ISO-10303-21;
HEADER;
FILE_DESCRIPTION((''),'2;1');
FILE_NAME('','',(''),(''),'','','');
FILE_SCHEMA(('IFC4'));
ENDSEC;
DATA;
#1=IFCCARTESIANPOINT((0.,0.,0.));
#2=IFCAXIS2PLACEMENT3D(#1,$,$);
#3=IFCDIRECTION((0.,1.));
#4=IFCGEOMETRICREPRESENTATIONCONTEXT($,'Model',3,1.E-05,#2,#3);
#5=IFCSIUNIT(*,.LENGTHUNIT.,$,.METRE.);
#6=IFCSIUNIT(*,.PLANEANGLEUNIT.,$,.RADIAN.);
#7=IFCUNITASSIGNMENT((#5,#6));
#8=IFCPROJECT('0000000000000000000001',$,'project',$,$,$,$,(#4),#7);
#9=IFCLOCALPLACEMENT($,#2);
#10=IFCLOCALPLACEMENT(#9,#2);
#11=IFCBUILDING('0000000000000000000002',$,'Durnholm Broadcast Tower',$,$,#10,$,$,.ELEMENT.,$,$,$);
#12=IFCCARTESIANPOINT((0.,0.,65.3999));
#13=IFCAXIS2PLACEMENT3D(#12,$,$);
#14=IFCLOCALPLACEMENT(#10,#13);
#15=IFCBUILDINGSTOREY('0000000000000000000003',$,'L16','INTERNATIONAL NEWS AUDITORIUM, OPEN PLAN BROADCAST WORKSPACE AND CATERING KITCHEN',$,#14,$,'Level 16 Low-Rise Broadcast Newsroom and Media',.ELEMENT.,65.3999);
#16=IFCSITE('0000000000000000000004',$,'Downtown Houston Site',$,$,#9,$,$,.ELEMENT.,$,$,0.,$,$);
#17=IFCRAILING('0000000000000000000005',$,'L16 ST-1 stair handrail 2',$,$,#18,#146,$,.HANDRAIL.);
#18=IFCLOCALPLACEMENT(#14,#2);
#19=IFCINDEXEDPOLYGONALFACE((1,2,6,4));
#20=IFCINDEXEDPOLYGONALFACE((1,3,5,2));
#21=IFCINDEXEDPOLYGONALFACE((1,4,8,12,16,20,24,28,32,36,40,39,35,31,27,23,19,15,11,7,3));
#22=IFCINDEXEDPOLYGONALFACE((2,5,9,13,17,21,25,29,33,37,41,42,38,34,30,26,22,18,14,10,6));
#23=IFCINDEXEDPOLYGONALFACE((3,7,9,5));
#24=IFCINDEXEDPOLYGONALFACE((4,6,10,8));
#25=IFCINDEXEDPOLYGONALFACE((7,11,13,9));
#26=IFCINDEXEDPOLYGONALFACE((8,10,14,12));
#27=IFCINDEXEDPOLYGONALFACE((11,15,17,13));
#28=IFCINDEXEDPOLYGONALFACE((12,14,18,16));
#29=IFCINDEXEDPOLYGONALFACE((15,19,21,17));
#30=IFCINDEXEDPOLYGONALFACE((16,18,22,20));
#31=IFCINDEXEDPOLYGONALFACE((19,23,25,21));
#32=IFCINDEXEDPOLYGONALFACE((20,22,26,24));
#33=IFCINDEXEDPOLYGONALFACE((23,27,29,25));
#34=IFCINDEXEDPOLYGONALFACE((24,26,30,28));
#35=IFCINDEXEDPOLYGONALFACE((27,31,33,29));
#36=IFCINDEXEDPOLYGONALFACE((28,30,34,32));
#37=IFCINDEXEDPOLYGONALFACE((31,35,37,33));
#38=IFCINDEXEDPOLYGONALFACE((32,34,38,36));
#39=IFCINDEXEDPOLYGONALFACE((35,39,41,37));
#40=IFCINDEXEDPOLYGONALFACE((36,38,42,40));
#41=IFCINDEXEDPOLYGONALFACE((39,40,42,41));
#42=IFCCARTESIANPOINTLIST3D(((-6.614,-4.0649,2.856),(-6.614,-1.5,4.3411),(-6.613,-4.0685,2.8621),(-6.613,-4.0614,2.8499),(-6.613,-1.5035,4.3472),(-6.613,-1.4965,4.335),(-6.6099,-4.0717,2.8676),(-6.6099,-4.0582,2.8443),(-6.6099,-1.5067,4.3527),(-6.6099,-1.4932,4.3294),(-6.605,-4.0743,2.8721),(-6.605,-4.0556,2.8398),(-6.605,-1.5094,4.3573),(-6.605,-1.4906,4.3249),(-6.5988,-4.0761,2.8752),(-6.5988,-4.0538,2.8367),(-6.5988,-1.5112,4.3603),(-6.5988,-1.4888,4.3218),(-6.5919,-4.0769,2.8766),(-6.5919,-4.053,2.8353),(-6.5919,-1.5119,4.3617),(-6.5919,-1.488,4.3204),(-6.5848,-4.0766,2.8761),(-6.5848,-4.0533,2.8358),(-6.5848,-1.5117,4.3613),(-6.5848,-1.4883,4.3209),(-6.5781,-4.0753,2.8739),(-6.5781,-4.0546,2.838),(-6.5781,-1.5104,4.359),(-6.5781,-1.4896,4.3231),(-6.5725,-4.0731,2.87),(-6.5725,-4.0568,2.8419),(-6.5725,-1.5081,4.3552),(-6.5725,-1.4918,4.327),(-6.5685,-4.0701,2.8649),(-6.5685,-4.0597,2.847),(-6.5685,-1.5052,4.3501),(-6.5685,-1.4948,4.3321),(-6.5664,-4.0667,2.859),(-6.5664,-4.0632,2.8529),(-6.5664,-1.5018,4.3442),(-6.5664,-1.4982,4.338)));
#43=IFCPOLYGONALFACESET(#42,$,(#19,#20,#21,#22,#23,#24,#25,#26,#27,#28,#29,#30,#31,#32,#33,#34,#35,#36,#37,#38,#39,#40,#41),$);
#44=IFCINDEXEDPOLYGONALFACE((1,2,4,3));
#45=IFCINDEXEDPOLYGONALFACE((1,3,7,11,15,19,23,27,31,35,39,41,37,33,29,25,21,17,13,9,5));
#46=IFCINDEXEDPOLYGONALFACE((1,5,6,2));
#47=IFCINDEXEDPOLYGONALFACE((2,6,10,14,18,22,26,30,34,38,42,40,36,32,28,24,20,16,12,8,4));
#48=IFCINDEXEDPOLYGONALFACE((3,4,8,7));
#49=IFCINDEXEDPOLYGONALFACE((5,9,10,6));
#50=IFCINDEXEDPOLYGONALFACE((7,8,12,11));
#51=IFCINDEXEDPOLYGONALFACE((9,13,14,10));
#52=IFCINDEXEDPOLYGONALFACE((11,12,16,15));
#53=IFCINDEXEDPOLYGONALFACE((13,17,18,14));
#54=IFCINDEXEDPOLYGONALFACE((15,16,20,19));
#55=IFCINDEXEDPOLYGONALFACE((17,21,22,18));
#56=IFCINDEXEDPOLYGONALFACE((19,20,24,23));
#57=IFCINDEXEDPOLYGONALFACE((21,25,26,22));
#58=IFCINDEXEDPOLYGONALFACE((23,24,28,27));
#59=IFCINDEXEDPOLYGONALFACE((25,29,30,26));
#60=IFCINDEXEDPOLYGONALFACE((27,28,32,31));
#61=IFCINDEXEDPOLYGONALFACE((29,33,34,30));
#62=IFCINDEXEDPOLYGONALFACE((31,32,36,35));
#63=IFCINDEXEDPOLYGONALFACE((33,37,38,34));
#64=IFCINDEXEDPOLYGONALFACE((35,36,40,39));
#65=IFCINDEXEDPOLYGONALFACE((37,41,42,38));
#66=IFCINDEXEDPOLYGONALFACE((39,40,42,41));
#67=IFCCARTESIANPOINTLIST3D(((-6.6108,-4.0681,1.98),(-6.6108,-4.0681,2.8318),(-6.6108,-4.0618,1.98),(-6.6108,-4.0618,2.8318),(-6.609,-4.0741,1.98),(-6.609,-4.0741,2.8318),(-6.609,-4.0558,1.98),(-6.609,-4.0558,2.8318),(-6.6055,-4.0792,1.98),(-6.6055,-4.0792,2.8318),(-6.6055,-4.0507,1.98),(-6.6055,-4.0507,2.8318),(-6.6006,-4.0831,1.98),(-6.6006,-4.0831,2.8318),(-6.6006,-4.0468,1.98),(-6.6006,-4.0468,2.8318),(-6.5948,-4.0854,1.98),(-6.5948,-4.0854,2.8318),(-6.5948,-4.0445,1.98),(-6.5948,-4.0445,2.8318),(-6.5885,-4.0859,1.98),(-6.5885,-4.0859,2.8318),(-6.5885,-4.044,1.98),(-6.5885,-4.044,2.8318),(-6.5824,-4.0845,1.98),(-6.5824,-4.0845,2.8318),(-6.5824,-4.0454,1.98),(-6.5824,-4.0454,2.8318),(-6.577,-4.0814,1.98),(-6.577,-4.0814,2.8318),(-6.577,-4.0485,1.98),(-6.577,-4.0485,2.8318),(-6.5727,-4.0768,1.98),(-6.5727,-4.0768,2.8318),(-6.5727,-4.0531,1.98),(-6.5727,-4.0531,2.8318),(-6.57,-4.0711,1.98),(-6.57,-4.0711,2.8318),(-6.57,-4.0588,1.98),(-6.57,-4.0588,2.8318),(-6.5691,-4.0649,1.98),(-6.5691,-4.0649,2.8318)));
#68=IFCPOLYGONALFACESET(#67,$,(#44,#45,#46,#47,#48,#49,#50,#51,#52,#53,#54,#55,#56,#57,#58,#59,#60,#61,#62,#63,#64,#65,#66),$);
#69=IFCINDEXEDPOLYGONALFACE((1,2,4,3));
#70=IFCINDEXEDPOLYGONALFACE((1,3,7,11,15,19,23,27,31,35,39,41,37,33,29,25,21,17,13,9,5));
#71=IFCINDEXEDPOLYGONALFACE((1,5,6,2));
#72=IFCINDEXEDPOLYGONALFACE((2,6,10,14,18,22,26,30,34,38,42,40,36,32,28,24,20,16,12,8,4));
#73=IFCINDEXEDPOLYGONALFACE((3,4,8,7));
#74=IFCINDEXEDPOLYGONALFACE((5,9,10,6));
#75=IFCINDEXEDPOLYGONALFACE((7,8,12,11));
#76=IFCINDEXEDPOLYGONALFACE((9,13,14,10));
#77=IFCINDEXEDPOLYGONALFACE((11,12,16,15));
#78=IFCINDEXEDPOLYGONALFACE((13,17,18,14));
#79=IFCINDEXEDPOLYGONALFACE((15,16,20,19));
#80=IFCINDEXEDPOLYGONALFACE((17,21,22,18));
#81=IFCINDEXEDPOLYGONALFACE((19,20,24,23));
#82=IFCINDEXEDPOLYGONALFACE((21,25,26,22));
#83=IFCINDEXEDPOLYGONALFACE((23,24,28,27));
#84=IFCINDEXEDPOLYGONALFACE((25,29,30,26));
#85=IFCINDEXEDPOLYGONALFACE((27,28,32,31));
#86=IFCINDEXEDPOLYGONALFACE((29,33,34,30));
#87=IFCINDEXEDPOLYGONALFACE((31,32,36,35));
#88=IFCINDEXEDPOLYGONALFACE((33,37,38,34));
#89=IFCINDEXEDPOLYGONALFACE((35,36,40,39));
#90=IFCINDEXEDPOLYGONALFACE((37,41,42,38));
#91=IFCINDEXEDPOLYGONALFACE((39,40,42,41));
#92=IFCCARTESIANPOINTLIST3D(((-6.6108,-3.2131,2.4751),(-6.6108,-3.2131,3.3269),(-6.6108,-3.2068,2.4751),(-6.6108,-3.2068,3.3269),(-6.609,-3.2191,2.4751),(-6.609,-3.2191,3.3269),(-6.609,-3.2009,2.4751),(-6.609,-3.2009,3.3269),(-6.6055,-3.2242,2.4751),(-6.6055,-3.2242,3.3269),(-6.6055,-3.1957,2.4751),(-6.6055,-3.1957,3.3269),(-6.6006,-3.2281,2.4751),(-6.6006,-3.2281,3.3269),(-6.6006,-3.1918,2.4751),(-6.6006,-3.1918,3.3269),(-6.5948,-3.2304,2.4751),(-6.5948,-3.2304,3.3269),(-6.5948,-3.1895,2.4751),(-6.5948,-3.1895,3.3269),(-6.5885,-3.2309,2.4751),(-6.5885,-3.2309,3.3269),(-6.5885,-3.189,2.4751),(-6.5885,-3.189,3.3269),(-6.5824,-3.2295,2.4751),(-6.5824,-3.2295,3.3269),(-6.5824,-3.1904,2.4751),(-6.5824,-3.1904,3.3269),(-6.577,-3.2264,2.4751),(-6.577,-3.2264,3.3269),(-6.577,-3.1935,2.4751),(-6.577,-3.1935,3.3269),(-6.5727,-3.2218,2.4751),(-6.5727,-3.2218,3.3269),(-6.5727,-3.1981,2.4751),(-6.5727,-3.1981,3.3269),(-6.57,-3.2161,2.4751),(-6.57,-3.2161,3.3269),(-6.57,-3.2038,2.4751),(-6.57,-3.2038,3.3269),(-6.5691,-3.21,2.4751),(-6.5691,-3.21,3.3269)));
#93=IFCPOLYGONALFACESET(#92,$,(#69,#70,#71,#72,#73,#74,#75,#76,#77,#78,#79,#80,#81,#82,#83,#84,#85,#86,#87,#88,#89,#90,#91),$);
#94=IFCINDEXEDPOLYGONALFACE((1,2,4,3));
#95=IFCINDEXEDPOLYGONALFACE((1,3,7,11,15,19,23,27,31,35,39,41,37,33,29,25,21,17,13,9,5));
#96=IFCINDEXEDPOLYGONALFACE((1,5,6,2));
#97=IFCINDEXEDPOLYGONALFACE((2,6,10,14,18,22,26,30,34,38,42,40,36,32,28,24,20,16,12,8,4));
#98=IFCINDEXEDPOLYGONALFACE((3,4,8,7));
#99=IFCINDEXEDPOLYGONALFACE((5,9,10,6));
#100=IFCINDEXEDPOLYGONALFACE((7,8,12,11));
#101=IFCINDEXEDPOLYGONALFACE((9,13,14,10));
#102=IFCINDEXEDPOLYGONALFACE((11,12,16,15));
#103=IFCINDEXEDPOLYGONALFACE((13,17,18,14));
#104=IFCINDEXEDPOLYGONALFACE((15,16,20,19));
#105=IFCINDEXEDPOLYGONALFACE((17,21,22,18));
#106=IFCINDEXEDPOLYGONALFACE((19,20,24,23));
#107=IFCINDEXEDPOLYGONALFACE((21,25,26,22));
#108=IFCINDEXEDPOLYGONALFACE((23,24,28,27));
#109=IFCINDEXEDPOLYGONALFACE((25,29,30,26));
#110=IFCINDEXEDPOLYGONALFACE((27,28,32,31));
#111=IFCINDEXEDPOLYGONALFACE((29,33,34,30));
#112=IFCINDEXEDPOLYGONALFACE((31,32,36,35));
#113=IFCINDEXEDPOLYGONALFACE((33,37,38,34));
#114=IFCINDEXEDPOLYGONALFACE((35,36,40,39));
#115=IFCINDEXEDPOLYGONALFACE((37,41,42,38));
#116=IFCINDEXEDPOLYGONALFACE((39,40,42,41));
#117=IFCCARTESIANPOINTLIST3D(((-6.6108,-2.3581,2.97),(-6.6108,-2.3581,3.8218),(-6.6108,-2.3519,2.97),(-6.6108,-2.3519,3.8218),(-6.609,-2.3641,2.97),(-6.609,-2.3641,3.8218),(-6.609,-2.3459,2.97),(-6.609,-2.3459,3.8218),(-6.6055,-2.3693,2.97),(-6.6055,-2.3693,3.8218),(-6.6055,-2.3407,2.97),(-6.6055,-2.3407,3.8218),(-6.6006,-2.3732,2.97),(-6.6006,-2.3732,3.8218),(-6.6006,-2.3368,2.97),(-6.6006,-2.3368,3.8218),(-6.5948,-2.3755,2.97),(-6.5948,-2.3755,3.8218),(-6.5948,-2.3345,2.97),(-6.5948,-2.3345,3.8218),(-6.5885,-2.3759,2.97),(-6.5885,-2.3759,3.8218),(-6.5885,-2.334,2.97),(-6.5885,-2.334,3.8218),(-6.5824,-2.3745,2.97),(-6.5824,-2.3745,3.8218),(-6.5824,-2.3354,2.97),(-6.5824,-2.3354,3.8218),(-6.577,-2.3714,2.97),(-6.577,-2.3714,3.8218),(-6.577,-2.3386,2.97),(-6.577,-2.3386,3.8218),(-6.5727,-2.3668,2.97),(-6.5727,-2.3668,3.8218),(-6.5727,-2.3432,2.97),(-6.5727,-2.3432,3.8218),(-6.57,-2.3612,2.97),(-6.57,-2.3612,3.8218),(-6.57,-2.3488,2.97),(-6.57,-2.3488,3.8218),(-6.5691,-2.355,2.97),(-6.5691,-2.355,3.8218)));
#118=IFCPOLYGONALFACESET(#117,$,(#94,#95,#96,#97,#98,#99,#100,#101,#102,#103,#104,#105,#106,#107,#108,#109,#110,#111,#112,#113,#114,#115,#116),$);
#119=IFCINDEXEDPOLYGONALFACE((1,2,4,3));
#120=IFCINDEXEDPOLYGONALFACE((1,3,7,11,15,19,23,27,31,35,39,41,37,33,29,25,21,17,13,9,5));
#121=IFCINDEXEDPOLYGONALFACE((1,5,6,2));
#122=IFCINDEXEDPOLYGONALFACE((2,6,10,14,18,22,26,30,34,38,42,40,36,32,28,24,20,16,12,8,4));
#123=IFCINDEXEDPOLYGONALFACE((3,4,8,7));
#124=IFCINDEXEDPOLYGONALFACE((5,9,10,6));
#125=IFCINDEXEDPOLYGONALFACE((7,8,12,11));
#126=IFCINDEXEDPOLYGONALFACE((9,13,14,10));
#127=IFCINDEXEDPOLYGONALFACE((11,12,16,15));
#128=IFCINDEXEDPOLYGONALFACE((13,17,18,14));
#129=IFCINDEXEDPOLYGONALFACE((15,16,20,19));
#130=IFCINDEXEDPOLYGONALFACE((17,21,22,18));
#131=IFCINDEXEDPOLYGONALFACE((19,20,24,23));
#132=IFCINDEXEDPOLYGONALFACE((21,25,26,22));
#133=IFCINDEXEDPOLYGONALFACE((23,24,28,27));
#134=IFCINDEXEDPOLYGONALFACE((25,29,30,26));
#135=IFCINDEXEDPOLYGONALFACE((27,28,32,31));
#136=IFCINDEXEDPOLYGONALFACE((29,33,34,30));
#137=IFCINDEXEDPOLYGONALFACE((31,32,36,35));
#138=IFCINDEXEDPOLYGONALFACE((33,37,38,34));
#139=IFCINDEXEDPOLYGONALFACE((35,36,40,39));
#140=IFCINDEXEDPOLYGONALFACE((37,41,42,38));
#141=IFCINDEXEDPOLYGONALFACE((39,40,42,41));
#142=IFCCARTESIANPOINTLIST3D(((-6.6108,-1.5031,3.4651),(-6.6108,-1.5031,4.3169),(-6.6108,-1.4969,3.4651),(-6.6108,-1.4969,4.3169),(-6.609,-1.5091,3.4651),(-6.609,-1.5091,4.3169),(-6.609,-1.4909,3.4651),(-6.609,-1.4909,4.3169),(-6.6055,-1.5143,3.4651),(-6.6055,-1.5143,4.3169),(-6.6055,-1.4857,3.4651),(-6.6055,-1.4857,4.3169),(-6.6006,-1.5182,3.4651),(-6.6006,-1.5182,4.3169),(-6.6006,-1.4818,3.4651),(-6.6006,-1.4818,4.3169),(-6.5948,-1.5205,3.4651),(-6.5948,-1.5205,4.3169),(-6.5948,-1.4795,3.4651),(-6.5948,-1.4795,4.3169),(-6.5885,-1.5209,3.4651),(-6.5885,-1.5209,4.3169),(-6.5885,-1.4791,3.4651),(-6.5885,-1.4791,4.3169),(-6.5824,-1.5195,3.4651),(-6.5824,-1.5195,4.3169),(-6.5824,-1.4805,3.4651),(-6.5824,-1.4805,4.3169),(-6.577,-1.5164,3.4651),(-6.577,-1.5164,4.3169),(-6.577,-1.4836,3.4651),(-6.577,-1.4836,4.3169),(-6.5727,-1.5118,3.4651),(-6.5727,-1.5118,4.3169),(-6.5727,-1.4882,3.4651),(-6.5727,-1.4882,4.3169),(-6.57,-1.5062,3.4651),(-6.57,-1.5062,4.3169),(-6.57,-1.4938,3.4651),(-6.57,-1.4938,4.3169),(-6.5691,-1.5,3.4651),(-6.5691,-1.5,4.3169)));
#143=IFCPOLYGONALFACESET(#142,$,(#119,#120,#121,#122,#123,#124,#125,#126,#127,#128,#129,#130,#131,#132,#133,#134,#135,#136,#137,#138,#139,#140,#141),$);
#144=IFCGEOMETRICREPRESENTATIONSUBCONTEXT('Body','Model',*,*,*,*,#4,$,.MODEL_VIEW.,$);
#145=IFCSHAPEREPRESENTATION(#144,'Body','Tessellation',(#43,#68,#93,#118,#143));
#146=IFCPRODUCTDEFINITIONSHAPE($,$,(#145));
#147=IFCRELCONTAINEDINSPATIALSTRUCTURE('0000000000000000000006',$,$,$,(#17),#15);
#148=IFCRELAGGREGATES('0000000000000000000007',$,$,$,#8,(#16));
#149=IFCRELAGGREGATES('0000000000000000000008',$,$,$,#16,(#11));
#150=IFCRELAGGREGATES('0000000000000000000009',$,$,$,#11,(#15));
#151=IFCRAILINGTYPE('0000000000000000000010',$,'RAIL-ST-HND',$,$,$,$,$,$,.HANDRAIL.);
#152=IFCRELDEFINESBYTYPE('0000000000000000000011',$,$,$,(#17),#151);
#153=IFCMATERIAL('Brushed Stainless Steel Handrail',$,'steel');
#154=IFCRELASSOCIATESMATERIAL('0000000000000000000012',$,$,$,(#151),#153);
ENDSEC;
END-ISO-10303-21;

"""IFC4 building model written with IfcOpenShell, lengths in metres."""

from ifc_helpers import new_model, si_unit, direction, frame, origin, origin_2d, place, context, subcontext, project, spatial, circle, extrude, material, type_object, element, save


model = new_model("IFC4")

# Units and contexts
model_context = context("Model", 3, precision=1e-05, world=origin(), true_north=direction((0.0, 1.0)))
body_context = subcontext(model_context, "Body", "Model", "MODEL_VIEW")
ifc_project = project(units=[si_unit("LENGTHUNIT", "METRE"), si_unit("PLANEANGLEUNIT", "RADIAN")], contexts=[model_context])

# Site, building, storey
site_placement = place(None, origin())
site = spatial("IfcSite", under=ifc_project, at=site_placement, Name="Downtown Houston Site", CompositionType="ELEMENT", RefElevation=0.0)
building_placement = place(site_placement, origin())
building = spatial("IfcBuilding", under=site, at=building_placement, Name="Durnholm Broadcast Tower", CompositionType="ELEMENT")
storey_placement = place(building_placement, frame((0.0, 0.0, 65.3999)))
storey = spatial("IfcBuildingStorey", under=building, at=storey_placement, Name="L16", Description="INTERNATIONAL NEWS AUDITORIUM, OPEN PLAN BROADCAST WORKSPACE AND CATERING KITCHEN", LongName="Level 16 Low-Rise Broadcast Newsroom and Media", CompositionType="ELEMENT", Elevation=65.3999)

# Railing
ifc_material_1 = material(Name="Brushed Stainless Steel Handrail", Category="steel")
railing_type_1 = type_object("IfcRailingType", Name="RAIL-ST-HND", PredefinedType="HANDRAIL", material=ifc_material_1)
railing_1_placement = place(storey_placement, frame((-6.5901, -4.0649, 1.98)))
element("IfcRailing", 1, at=railing_1_placement, inside=storey, type_object=railing_type_1, Name="L16 ST-1 stair handrail 2", PredefinedType="HANDRAIL", context=body_context, shape_type="SweptSolid", body=[
    extrude(circle(Radius=0.0239, at=origin_2d()), frame((0.0, 0.0, 0.876), z_axis=(0.0, 0.865406, 0.501072), x_axis=(-1.0, 0.0, 0.0)), (0.0, 0.0, 1.0), 2.9639),
    extrude(circle(Radius=0.021, at=origin_2d()), origin(), (0.0, 0.0, 1.0), 0.8518),
    extrude(circle(Radius=0.021, at=origin_2d()), frame((0.0, 0.855, 0.4951)), (0.0, 0.0, 1.0), 0.8518),
    extrude(circle(Radius=0.021, at=origin_2d()), frame((0.0, 1.71, 0.99)), (0.0, 0.0, 1.0), 0.8518),
    extrude(circle(Radius=0.021, at=origin_2d()), frame((0.0, 2.5649, 1.4851)), (0.0, 0.0, 1.0), 0.8518),
])

save(model, "model.ifc")
